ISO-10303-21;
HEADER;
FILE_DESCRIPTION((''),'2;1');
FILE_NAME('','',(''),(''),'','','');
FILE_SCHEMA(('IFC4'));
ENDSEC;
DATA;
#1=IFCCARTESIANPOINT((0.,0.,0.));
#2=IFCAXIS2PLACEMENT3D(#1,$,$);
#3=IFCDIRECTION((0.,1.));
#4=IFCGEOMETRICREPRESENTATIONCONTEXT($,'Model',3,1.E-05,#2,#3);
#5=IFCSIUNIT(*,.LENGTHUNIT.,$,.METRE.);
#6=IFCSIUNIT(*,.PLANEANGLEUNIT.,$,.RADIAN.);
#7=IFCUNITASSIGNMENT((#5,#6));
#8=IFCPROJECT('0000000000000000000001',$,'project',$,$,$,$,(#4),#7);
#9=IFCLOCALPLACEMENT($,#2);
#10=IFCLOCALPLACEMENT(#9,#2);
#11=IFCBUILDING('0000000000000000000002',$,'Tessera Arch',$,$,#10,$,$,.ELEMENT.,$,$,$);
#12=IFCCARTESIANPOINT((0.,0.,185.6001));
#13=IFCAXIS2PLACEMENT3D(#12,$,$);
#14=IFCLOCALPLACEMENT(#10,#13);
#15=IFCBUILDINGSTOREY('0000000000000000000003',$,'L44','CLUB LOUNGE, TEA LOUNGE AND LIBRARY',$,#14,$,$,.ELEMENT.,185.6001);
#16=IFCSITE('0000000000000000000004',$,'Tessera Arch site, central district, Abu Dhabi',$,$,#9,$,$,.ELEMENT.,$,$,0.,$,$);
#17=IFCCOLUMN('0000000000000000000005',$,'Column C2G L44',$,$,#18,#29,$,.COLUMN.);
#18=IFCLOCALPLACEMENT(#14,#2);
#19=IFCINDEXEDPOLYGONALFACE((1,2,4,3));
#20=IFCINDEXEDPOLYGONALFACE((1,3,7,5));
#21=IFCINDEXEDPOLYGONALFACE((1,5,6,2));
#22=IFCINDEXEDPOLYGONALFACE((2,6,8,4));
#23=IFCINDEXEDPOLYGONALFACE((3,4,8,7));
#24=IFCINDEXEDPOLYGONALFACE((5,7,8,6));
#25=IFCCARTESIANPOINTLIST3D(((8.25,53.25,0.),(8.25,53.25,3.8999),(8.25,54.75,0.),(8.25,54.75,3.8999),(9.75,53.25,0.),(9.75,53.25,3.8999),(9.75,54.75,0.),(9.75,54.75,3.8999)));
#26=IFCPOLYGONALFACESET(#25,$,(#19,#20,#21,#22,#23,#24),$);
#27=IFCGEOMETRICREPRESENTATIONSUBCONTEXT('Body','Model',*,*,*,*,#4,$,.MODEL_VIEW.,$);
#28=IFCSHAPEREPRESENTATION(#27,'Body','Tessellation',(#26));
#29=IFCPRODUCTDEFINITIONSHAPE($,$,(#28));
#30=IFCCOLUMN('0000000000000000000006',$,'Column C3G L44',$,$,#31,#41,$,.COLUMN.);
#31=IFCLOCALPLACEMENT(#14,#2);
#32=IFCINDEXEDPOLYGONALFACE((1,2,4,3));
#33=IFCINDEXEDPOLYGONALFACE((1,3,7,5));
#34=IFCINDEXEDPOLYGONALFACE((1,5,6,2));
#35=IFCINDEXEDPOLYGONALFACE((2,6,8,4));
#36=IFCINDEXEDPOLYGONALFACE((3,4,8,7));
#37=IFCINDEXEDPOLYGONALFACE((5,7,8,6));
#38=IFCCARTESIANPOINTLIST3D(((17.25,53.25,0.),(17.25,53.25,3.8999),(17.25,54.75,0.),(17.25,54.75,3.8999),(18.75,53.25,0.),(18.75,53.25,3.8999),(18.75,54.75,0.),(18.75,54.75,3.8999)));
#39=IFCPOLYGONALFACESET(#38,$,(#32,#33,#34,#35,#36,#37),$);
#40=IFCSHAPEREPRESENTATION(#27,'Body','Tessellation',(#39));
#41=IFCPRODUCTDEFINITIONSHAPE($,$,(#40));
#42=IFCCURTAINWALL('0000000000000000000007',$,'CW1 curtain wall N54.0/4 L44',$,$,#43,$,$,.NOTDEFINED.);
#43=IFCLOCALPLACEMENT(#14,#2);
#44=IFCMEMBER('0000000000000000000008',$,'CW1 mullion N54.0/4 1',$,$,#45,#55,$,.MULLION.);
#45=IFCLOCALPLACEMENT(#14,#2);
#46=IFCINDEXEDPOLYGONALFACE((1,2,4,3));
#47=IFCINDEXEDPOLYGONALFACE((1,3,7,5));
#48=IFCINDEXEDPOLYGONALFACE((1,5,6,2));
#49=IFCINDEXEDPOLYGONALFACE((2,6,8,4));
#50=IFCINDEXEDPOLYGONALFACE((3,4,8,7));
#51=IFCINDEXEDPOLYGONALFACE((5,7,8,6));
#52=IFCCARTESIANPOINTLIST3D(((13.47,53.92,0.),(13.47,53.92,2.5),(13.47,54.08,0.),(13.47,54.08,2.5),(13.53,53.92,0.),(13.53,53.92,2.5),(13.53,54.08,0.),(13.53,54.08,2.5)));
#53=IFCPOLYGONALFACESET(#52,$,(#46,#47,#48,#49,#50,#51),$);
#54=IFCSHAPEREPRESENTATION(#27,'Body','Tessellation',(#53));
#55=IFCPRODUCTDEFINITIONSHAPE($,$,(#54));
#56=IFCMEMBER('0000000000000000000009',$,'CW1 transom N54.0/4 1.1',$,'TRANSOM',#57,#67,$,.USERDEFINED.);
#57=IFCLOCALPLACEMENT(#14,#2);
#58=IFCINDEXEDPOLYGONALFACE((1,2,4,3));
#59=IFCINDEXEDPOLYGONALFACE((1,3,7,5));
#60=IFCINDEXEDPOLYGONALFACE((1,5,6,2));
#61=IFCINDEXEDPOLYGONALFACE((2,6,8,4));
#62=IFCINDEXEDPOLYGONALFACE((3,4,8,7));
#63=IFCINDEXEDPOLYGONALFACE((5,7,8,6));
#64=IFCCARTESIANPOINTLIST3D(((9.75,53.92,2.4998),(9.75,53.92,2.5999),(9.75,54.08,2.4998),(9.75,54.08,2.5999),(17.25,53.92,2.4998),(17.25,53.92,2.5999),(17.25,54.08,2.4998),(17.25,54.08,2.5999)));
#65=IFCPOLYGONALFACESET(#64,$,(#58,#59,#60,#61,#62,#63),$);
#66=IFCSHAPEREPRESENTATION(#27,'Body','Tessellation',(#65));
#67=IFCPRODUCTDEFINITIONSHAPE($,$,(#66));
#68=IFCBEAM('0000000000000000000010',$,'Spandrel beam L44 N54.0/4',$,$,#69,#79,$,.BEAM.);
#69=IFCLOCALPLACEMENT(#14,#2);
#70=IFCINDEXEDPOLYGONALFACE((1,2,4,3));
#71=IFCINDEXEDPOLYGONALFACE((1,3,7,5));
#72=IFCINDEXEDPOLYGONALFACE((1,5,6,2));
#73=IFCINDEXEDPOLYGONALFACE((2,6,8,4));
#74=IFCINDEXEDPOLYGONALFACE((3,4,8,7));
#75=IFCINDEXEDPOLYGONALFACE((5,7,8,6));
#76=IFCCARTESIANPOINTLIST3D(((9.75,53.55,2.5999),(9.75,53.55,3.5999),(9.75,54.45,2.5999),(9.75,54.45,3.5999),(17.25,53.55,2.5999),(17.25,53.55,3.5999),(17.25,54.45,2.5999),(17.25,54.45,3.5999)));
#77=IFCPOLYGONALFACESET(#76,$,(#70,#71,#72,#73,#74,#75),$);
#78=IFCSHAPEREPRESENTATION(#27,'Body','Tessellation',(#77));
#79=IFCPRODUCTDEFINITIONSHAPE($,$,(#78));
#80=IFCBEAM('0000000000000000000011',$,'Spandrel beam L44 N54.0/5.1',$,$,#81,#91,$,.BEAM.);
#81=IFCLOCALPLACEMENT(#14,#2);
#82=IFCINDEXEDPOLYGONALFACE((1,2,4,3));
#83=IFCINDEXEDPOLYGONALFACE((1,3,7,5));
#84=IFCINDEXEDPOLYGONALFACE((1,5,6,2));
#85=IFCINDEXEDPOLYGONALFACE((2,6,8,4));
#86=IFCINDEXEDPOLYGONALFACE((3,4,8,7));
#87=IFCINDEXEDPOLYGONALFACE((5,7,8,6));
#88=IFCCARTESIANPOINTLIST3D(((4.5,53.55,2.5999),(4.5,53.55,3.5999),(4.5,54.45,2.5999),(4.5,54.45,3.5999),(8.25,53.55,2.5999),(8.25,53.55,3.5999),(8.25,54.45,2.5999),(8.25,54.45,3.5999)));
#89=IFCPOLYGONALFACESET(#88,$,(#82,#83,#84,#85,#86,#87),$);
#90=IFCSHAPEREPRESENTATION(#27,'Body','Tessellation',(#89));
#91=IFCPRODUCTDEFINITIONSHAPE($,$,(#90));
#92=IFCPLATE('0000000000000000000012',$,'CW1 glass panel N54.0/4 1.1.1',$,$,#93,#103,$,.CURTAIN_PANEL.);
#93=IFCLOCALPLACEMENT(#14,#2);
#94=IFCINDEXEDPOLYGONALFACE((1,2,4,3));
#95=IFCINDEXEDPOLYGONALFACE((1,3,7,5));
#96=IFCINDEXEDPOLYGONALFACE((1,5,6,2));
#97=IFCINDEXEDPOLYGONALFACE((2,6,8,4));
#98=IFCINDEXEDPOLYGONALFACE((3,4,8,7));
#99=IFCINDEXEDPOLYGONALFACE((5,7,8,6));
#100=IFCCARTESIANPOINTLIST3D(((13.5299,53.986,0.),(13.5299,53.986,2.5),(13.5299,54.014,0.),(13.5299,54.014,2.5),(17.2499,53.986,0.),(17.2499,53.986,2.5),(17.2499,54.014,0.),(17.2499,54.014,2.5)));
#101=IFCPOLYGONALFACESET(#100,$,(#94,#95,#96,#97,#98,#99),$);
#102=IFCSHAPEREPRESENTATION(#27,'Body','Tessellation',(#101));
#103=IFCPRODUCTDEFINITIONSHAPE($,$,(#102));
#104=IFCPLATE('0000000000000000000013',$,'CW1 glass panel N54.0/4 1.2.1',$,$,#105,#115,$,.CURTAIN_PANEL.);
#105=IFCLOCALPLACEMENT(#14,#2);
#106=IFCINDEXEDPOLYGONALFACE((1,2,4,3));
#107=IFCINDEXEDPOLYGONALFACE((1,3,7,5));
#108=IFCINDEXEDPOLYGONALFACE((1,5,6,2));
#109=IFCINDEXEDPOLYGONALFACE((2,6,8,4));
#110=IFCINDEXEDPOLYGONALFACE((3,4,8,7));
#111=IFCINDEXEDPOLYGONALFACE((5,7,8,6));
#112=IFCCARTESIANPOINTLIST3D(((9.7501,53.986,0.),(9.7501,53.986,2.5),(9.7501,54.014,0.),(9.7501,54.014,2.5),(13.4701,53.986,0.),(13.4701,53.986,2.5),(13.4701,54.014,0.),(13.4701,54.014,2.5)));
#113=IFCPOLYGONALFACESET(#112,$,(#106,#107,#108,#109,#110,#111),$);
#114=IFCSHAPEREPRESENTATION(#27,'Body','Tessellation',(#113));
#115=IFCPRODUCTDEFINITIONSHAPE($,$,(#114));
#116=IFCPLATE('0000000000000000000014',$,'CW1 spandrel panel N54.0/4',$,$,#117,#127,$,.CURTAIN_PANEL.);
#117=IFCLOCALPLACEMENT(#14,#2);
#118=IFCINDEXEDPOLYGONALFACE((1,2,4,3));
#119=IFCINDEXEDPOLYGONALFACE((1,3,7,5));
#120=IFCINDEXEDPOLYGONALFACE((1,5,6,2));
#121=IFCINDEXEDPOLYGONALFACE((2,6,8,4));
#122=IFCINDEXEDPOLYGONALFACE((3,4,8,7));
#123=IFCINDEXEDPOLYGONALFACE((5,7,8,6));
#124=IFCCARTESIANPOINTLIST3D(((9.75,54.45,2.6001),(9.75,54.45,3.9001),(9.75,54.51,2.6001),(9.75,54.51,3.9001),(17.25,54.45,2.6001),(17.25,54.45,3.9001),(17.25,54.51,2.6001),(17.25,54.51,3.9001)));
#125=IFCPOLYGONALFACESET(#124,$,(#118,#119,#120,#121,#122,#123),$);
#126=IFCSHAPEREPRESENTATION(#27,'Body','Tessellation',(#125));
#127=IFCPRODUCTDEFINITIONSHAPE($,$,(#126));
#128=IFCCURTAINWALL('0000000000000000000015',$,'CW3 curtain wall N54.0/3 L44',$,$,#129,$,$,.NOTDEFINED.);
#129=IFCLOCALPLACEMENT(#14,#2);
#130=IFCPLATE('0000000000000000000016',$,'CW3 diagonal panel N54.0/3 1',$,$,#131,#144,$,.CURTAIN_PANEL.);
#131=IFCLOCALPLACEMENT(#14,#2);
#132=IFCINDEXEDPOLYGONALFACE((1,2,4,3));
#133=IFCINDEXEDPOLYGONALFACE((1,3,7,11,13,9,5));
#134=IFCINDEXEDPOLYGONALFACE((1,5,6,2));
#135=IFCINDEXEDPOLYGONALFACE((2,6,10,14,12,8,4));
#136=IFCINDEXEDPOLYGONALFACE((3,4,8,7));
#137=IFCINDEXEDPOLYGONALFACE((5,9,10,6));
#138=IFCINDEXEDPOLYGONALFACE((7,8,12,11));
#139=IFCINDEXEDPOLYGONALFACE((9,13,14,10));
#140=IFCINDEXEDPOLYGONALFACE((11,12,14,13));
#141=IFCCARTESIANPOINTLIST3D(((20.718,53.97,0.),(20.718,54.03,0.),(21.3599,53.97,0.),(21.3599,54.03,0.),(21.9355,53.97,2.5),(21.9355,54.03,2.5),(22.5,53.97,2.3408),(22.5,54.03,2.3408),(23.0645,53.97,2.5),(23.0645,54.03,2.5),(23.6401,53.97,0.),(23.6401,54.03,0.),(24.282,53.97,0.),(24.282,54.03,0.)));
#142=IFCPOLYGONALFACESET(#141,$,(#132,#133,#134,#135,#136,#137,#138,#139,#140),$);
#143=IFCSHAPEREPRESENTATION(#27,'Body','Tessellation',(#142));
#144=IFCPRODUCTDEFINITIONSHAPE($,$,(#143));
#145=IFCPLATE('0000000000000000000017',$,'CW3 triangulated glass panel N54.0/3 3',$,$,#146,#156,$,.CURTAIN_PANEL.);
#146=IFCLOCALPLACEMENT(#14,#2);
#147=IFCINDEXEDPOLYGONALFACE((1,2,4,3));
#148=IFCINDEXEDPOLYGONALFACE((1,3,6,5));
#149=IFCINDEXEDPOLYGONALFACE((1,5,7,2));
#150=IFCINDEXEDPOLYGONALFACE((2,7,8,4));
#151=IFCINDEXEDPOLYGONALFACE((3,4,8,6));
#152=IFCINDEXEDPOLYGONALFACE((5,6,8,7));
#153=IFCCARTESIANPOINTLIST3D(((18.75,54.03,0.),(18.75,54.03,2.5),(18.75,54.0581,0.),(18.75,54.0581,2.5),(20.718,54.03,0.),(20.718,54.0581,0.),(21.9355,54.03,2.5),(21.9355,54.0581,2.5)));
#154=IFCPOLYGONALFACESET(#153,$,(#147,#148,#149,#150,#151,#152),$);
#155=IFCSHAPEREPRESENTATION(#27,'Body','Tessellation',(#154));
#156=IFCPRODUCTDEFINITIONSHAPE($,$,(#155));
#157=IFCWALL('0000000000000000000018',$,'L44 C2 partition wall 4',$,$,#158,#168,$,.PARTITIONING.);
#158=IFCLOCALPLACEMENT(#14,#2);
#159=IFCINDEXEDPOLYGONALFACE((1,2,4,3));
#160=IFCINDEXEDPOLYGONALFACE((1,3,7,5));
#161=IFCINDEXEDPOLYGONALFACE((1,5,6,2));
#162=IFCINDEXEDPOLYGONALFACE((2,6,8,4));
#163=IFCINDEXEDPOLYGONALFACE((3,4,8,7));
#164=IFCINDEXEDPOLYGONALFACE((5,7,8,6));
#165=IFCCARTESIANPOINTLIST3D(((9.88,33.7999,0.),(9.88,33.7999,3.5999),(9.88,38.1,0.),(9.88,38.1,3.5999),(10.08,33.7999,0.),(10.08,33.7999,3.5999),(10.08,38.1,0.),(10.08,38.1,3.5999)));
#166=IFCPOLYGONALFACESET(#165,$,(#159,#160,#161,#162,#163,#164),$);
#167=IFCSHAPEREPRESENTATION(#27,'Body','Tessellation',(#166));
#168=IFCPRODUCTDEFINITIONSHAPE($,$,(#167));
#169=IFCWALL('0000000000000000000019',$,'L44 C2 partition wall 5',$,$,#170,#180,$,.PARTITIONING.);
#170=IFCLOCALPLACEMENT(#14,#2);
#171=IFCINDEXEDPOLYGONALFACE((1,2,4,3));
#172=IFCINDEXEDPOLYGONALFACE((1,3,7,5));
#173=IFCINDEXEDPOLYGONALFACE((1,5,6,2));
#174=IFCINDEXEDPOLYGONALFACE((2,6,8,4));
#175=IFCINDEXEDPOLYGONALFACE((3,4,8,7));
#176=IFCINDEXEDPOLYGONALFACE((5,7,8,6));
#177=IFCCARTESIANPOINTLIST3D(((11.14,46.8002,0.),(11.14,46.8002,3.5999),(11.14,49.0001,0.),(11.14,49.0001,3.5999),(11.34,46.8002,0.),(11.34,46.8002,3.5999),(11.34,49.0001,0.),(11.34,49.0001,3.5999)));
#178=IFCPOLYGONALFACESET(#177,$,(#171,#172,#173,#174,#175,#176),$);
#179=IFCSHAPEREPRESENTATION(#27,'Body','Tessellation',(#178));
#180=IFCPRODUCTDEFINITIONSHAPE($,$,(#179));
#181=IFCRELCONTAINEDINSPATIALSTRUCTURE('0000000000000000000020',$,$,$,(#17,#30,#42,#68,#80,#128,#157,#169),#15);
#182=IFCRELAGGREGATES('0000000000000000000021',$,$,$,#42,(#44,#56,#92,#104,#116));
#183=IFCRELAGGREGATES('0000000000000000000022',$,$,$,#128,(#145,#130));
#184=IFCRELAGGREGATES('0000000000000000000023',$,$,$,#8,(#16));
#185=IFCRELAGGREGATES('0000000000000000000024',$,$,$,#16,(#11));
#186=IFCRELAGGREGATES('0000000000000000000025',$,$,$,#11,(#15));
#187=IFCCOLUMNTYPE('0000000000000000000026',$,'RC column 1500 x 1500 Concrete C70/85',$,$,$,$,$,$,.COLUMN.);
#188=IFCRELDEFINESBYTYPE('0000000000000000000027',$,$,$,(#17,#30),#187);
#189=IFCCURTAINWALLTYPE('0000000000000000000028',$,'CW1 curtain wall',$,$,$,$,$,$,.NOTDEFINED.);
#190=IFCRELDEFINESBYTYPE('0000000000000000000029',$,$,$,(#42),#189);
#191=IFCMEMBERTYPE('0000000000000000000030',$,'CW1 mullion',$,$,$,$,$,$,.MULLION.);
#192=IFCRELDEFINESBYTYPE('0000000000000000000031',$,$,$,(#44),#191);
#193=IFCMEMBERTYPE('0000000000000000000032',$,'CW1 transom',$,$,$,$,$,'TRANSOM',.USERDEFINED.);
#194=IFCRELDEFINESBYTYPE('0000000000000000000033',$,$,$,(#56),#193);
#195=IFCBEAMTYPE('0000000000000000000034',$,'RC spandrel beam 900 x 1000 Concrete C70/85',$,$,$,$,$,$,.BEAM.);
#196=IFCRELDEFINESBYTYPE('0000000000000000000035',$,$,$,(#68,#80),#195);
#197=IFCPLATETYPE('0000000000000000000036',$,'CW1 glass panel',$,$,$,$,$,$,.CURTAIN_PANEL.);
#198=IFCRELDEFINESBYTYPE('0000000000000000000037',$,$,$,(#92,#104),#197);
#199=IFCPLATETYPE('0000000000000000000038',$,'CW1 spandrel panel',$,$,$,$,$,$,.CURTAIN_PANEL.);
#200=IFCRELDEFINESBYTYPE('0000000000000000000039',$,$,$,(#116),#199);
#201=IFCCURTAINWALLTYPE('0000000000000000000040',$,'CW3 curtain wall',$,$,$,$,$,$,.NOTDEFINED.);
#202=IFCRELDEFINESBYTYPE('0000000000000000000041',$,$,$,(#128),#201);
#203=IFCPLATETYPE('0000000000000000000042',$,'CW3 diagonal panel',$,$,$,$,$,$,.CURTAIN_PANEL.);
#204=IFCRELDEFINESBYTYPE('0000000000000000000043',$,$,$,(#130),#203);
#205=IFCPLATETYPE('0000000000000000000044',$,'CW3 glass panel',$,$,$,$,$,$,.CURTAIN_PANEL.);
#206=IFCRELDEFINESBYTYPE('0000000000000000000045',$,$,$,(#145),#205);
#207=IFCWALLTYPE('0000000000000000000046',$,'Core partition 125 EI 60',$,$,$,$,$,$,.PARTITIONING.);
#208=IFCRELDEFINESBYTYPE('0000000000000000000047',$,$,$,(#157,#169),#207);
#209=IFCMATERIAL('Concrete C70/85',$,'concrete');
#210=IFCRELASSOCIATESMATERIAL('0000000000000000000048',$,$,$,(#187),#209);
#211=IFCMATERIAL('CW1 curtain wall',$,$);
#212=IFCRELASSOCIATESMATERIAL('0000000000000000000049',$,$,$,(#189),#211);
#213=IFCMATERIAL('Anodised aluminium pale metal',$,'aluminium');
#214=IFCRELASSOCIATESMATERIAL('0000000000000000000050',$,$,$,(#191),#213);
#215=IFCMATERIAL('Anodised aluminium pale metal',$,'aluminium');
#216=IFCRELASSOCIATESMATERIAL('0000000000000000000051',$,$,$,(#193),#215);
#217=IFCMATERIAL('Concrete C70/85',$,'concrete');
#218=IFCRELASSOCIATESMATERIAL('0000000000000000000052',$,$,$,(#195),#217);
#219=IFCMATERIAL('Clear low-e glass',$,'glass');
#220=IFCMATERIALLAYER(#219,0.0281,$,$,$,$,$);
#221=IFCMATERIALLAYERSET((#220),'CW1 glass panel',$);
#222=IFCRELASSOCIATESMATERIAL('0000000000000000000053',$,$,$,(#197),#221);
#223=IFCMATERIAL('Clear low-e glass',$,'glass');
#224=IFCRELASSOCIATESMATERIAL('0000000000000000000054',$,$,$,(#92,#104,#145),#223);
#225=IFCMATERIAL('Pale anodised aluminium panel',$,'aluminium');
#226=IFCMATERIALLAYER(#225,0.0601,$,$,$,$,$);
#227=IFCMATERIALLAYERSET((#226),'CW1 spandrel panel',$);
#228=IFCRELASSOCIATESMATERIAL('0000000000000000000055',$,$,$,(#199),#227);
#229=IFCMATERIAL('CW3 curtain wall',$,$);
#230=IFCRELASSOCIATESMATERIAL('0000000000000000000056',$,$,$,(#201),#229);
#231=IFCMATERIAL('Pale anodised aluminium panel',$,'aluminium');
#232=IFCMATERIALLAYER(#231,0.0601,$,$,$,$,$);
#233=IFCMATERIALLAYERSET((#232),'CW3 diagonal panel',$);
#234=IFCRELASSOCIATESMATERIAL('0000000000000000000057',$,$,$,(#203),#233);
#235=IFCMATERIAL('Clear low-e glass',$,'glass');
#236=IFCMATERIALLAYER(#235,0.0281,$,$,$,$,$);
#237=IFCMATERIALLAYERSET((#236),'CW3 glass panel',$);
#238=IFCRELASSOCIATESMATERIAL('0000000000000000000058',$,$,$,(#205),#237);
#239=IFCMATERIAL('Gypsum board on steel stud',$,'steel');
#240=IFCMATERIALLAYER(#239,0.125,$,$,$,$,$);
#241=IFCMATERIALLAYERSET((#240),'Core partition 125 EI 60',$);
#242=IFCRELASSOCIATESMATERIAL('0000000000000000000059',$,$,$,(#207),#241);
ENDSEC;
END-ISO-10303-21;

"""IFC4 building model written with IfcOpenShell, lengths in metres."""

from ifc_helpers import new_model, si_unit, direction, frame, frame_2d, origin, origin_2d, place, context, subcontext, project, spatial, polyline, rectangle, outline, extrude, material, layer, layer_set, material_profile, profile_set, type_object, element, aggregate, save


model = new_model("IFC4")

# Units and contexts
model_context = context("Model", 3, precision=1e-05, world=origin(), true_north=direction((0.0, 1.0)))
body_context = subcontext(model_context, "Body", "Model", "MODEL_VIEW")
ifc_project = project(units=[si_unit("LENGTHUNIT", "METRE"), si_unit("PLANEANGLEUNIT", "RADIAN")], contexts=[model_context])

# Site, building, storey
site_placement = place(None, origin())
site = spatial("IfcSite", under=ifc_project, at=site_placement, Name="Tessera Arch site, central district, Abu Dhabi", CompositionType="ELEMENT", RefElevation=0.0)
building_placement = place(site_placement, origin())
building = spatial("IfcBuilding", under=site, at=building_placement, Name="Tessera Arch", CompositionType="ELEMENT")
storey_placement = place(building_placement, frame((0.0, 0.0, 185.6001)))
storey = spatial("IfcBuildingStorey", under=building, at=storey_placement, Name="L44", Description="CLUB LOUNGE, TEA LOUNGE AND LIBRARY", CompositionType="ELEMENT", Elevation=185.6001)

# Columns
ifc_material_1 = material(Name="Concrete C70/85", Category="concrete")
ifc_material_profile_1 = material_profile(ifc_material_1, rectangle(XDim=1.5, YDim=1.5, at=origin_2d()), Name="RC column 1500 x 1500 Concrete C70/85")
ifc_profile_set_1 = profile_set([ifc_material_profile_1], Name="Concrete C70/85")
column_type = type_object("IfcColumnType", Name="RC column 1500 x 1500 Concrete C70/85", PredefinedType="COLUMN", material=ifc_profile_set_1)
for number, where, z_axis, x_axis, name in (
    (1, (9.0, 54.0, 0.0), (0.0, 0.0, 1.0), (1.0, 0.0, 0.0), "Column C2G L44"),
    (2, (18.0, 54.0, 0.0), (0.0, 0.0, 1.0), (1.0, 0.0, 0.0), "Column C3G L44"),
):
    element("IfcColumn", number, at=place(storey_placement, frame(where, z_axis=z_axis, x_axis=x_axis)), inside=storey, type_object=column_type, Name=name, PredefinedType="COLUMN", context=body_context, shape_type="SweptSolid", body=[
        extrude(rectangle(XDim=1.5, YDim=1.5, at=origin_2d()), origin(), (0.0, 0.0, 1.0), 3.8999),
    ])

# Curtain wall, members
ifc_material_2 = material(Name="CW1 curtain wall")
curtain_wall_type_1 = type_object("IfcCurtainWallType", Name="CW1 curtain wall", PredefinedType="NOTDEFINED", material=ifc_material_2)
curtain_wall_1_placement = place(storey_placement, origin())
curtain_wall_1 = element("IfcCurtainWall", 3, at=curtain_wall_1_placement, inside=storey, type_object=curtain_wall_type_1, Name="CW1 curtain wall N54.0/4 L44", PredefinedType="NOTDEFINED")
ifc_material_3 = material(Name="Anodised aluminium pale metal", Category="aluminium")
ifc_material_profile_2 = material_profile(ifc_material_3, rectangle(XDim=0.1599, YDim=0.0601, at=origin_2d()), Name="AL 60x160")
ifc_profile_set_2 = profile_set([ifc_material_profile_2], Name="Anodised aluminium pale metal")
member_type_1 = type_object("IfcMemberType", Name="CW1 mullion", PredefinedType="MULLION", material=ifc_profile_set_2)
member_1_placement = place(storey_placement, frame((13.5, 54.0, 0.0), z_axis=(0.0, 0.0, 1.0), x_axis=(0.0, -1.0, 0.0)))
member_1 = element("IfcMember", 4, at=member_1_placement, type_object=member_type_1, Name="CW1 mullion N54.0/4 1", PredefinedType="MULLION", context=body_context, shape_type="SweptSolid", body=[
    extrude(rectangle(XDim=0.1599, YDim=0.0601, at=origin_2d()), origin(), (0.0, 0.0, 1.0), 2.5),
])
ifc_material_4 = material(Name="Anodised aluminium pale metal", Category="aluminium")
ifc_material_profile_3 = material_profile(ifc_material_4, rectangle(XDim=0.1599, YDim=0.1001, at=origin_2d()), Name="AL 160x100")
ifc_profile_set_3 = profile_set([ifc_material_profile_3], Name="Anodised aluminium pale metal")
member_type_2 = type_object("IfcMemberType", Name="CW1 transom", ElementType="TRANSOM", PredefinedType="USERDEFINED", material=ifc_profile_set_3)
member_2_placement = place(storey_placement, frame((17.25, 54.0, 2.5498), z_axis=(-1.0, 0.0, 0.0), x_axis=(0.0, -1.0, 0.0)))
member_2 = element("IfcMember", 5, at=member_2_placement, type_object=member_type_2, Name="CW1 transom N54.0/4 1.1", ObjectType="TRANSOM", PredefinedType="USERDEFINED", context=body_context, shape_type="SweptSolid", body=[
    extrude(rectangle(XDim=0.1599, YDim=0.1001, at=origin_2d()), origin(), (0.0, 0.0, 1.0), 7.5),
])

# Beams
ifc_material_5 = material(Name="Concrete C70/85", Category="concrete")
ifc_material_profile_4 = material_profile(ifc_material_5, rectangle(XDim=0.8999, YDim=1.0, at=origin_2d()), Name="RC spandrel beam 900 x 1000 Concrete C70/85")
ifc_profile_set_4 = profile_set([ifc_material_profile_4], Name="Concrete C70/85")
beam_type = type_object("IfcBeamType", Name="RC spandrel beam 900 x 1000 Concrete C70/85", PredefinedType="BEAM", material=ifc_profile_set_4)
beam_1_placement = place(storey_placement, frame((17.25, 54.0, 3.0999), z_axis=(-1.0, 0.0, 0.0), x_axis=(0.0, -1.0, 0.0)))
element("IfcBeam", 6, at=beam_1_placement, inside=storey, type_object=beam_type, Name="Spandrel beam L44 N54.0/4", PredefinedType="BEAM", context=body_context, shape_type="SweptSolid", body=[
    extrude(rectangle(XDim=0.8999, YDim=1.0, at=origin_2d()), origin(), (0.0, 0.0, 1.0), 7.5),
])
beam_2_placement = place(storey_placement, frame((8.25, 54.0, 3.0999), z_axis=(-1.0, 0.0, 0.0), x_axis=(0.0, -1.0, 0.0)))
element("IfcBeam", 7, at=beam_2_placement, inside=storey, type_object=beam_type, Name="Spandrel beam L44 N54.0/5.1", PredefinedType="BEAM", context=body_context, shape_type="SweptSolid", body=[
    extrude(rectangle(XDim=0.8999, YDim=1.0, at=origin_2d()), origin(), (0.0, 0.0, 1.0), 3.75),
])

# Plates
ifc_material_6 = material(Name="Clear low-e glass", Category="glass")
ifc_material_7 = material(Name="Clear low-e glass", Category="glass")
ifc_layer_1 = layer(ifc_material_7, 0.0281)
ifc_layer_set_1 = layer_set([ifc_layer_1], Name="CW1 glass panel")
plate_type_1 = type_object("IfcPlateType", Name="CW1 glass panel", PredefinedType="CURTAIN_PANEL", material=ifc_layer_set_1)
plate_1_placement = place(storey_placement, frame((15.3899, 54.0, 0.0), z_axis=(0.0, 0.0, 1.0), x_axis=(-1.0, 0.0, 0.0)))
plate_1 = element("IfcPlate", 8, at=plate_1_placement, type_object=plate_type_1, material=ifc_material_6, Name="CW1 glass panel N54.0/4 1.1.1", PredefinedType="CURTAIN_PANEL", context=body_context, shape_type="SweptSolid", body=[
    extrude(rectangle(XDim=3.72, YDim=0.0281, at=origin_2d()), origin(), (0.0, 0.0, 1.0), 2.5),
])
plate_2_placement = place(storey_placement, frame((11.6101, 54.0, 0.0), z_axis=(0.0, 0.0, 1.0), x_axis=(-1.0, 0.0, 0.0)))
plate_2 = element("IfcPlate", 9, at=plate_2_placement, type_object=plate_type_1, material=ifc_material_6, Name="CW1 glass panel N54.0/4 1.2.1", PredefinedType="CURTAIN_PANEL", context=body_context, shape_type="SweptSolid", body=[
    extrude(rectangle(XDim=3.72, YDim=0.0281, at=origin_2d()), origin(), (0.0, 0.0, 1.0), 2.5),
])
ifc_material_8 = material(Name="Pale anodised aluminium panel", Category="aluminium")
ifc_layer_2 = layer(ifc_material_8, 0.0601)
ifc_layer_set_2 = layer_set([ifc_layer_2], Name="CW1 spandrel panel")
plate_type_2 = type_object("IfcPlateType", Name="CW1 spandrel panel", PredefinedType="CURTAIN_PANEL", material=ifc_layer_set_2)
plate_3_placement = place(storey_placement, frame((13.5, 54.48, 2.6001), z_axis=(0.0, 0.0, 1.0), x_axis=(-1.0, 0.0, 0.0)))
plate_3 = element("IfcPlate", 10, at=plate_3_placement, type_object=plate_type_2, Name="CW1 spandrel panel N54.0/4", PredefinedType="CURTAIN_PANEL", context=body_context, shape_type="SweptSolid", body=[
    extrude(rectangle(XDim=7.5, YDim=0.0601, at=origin_2d()), origin(), (0.0, 0.0, 1.0), 1.3),
])
aggregate(curtain_wall_1, [member_1, member_2, plate_1, plate_2, plate_3])

# Curtain wall, plates
ifc_material_9 = material(Name="CW3 curtain wall")
curtain_wall_type_2 = type_object("IfcCurtainWallType", Name="CW3 curtain wall", PredefinedType="NOTDEFINED", material=ifc_material_9)
curtain_wall_2_placement = place(storey_placement, origin())
curtain_wall_2 = element("IfcCurtainWall", 11, at=curtain_wall_2_placement, inside=storey, type_object=curtain_wall_type_2, Name="CW3 curtain wall N54.0/3 L44", PredefinedType="NOTDEFINED")
ifc_material_10 = material(Name="Pale anodised aluminium panel", Category="aluminium")
ifc_layer_3 = layer(ifc_material_10, 0.0601)
ifc_layer_set_3 = layer_set([ifc_layer_3], Name="CW3 diagonal panel")
plate_type_3 = type_object("IfcPlateType", Name="CW3 diagonal panel", PredefinedType="CURTAIN_PANEL", material=ifc_layer_set_3)
plate_4_placement = place(storey_placement, frame((21.9355, 54.03, 2.5), z_axis=(0.0, 1.0, 0.0), x_axis=(1.0, 0.0, 0.0)))
plate_4 = element("IfcPlate", 12, at=plate_4_placement, type_object=plate_type_3, Name="CW3 diagonal panel N54.0/3 1", PredefinedType="CURTAIN_PANEL", context=body_context, shape_type="SweptSolid", body=[
    extrude(outline(polyline([(0.0, 0.0), (1.1289, 0.0), (2.3464, 2.5), (1.7046, 2.5), (0.5645, 0.1592), (-0.5757, 2.5), (-1.2175, 2.5), (0.0, 0.0)])), origin(), (0.0, 0.0, -1.0), 0.0601),
])
ifc_material_11 = material(Name="Clear low-e glass", Category="glass")
ifc_layer_4 = layer(ifc_material_11, 0.0281)
ifc_layer_set_4 = layer_set([ifc_layer_4], Name="CW3 glass panel")
plate_type_4 = type_object("IfcPlateType", Name="CW3 glass panel", PredefinedType="CURTAIN_PANEL", material=ifc_layer_set_4)
plate_5_placement = place(storey_placement, frame((18.75, 54.0581, 2.5), z_axis=(0.0, 1.0, 0.0), x_axis=(1.0, 0.0, 0.0)))
plate_5 = element("IfcPlate", 13, at=plate_5_placement, type_object=plate_type_4, material=ifc_material_6, Name="CW3 triangulated glass panel N54.0/3 3", PredefinedType="CURTAIN_PANEL", context=body_context, shape_type="SweptSolid", body=[
    extrude(outline(polyline([(0.0, 0.0), (3.1855, 0.0), (1.968, 2.5), (0.0, 2.5), (0.0, 0.0)])), origin(), (0.0, 0.0, -1.0), 0.0281),
])

# Walls
ifc_material_12 = material(Name="Gypsum board on steel stud", Category="steel")
ifc_layer_5 = layer(ifc_material_12, 0.125)
ifc_layer_set_5 = layer_set([ifc_layer_5], Name="Core partition 125 EI 60")
wall_type_1 = type_object("IfcWallType", Name="Core partition 125 EI 60", PredefinedType="PARTITIONING", material=ifc_layer_set_5)
wall_1_placement = place(storey_placement, frame((9.98, 33.8, 0.0), z_axis=(0.0, 0.0, 1.0), x_axis=(0.0, 1.0, 0.0)))
element("IfcWall", 14, at=wall_1_placement, inside=storey, type_object=wall_type_1, Name="L44 C2 partition wall 4", PredefinedType="PARTITIONING", context=body_context, shape_type="SweptSolid", body=[
    extrude(rectangle(XDim=4.3, YDim=0.2, at=frame_2d((2.1499, 0.0))), origin(), (0.0, 0.0, 1.0), 3.5999),
])
wall_2_placement = place(storey_placement, frame((11.24, 46.8, 0.0), z_axis=(0.0, 0.0, 1.0), x_axis=(0.0, 1.0, 0.0)))
element("IfcWall", 15, at=wall_2_placement, inside=storey, type_object=wall_type_1, Name="L44 C2 partition wall 5", PredefinedType="PARTITIONING", context=body_context, shape_type="SweptSolid", body=[
    extrude(rectangle(XDim=2.2, YDim=0.2, at=frame_2d((1.1001, 0.0))), origin(), (0.0, 0.0, 1.0), 3.5999),
])

aggregate(curtain_wall_2, [plate_5, plate_4])

save(model, "model.ifc")
